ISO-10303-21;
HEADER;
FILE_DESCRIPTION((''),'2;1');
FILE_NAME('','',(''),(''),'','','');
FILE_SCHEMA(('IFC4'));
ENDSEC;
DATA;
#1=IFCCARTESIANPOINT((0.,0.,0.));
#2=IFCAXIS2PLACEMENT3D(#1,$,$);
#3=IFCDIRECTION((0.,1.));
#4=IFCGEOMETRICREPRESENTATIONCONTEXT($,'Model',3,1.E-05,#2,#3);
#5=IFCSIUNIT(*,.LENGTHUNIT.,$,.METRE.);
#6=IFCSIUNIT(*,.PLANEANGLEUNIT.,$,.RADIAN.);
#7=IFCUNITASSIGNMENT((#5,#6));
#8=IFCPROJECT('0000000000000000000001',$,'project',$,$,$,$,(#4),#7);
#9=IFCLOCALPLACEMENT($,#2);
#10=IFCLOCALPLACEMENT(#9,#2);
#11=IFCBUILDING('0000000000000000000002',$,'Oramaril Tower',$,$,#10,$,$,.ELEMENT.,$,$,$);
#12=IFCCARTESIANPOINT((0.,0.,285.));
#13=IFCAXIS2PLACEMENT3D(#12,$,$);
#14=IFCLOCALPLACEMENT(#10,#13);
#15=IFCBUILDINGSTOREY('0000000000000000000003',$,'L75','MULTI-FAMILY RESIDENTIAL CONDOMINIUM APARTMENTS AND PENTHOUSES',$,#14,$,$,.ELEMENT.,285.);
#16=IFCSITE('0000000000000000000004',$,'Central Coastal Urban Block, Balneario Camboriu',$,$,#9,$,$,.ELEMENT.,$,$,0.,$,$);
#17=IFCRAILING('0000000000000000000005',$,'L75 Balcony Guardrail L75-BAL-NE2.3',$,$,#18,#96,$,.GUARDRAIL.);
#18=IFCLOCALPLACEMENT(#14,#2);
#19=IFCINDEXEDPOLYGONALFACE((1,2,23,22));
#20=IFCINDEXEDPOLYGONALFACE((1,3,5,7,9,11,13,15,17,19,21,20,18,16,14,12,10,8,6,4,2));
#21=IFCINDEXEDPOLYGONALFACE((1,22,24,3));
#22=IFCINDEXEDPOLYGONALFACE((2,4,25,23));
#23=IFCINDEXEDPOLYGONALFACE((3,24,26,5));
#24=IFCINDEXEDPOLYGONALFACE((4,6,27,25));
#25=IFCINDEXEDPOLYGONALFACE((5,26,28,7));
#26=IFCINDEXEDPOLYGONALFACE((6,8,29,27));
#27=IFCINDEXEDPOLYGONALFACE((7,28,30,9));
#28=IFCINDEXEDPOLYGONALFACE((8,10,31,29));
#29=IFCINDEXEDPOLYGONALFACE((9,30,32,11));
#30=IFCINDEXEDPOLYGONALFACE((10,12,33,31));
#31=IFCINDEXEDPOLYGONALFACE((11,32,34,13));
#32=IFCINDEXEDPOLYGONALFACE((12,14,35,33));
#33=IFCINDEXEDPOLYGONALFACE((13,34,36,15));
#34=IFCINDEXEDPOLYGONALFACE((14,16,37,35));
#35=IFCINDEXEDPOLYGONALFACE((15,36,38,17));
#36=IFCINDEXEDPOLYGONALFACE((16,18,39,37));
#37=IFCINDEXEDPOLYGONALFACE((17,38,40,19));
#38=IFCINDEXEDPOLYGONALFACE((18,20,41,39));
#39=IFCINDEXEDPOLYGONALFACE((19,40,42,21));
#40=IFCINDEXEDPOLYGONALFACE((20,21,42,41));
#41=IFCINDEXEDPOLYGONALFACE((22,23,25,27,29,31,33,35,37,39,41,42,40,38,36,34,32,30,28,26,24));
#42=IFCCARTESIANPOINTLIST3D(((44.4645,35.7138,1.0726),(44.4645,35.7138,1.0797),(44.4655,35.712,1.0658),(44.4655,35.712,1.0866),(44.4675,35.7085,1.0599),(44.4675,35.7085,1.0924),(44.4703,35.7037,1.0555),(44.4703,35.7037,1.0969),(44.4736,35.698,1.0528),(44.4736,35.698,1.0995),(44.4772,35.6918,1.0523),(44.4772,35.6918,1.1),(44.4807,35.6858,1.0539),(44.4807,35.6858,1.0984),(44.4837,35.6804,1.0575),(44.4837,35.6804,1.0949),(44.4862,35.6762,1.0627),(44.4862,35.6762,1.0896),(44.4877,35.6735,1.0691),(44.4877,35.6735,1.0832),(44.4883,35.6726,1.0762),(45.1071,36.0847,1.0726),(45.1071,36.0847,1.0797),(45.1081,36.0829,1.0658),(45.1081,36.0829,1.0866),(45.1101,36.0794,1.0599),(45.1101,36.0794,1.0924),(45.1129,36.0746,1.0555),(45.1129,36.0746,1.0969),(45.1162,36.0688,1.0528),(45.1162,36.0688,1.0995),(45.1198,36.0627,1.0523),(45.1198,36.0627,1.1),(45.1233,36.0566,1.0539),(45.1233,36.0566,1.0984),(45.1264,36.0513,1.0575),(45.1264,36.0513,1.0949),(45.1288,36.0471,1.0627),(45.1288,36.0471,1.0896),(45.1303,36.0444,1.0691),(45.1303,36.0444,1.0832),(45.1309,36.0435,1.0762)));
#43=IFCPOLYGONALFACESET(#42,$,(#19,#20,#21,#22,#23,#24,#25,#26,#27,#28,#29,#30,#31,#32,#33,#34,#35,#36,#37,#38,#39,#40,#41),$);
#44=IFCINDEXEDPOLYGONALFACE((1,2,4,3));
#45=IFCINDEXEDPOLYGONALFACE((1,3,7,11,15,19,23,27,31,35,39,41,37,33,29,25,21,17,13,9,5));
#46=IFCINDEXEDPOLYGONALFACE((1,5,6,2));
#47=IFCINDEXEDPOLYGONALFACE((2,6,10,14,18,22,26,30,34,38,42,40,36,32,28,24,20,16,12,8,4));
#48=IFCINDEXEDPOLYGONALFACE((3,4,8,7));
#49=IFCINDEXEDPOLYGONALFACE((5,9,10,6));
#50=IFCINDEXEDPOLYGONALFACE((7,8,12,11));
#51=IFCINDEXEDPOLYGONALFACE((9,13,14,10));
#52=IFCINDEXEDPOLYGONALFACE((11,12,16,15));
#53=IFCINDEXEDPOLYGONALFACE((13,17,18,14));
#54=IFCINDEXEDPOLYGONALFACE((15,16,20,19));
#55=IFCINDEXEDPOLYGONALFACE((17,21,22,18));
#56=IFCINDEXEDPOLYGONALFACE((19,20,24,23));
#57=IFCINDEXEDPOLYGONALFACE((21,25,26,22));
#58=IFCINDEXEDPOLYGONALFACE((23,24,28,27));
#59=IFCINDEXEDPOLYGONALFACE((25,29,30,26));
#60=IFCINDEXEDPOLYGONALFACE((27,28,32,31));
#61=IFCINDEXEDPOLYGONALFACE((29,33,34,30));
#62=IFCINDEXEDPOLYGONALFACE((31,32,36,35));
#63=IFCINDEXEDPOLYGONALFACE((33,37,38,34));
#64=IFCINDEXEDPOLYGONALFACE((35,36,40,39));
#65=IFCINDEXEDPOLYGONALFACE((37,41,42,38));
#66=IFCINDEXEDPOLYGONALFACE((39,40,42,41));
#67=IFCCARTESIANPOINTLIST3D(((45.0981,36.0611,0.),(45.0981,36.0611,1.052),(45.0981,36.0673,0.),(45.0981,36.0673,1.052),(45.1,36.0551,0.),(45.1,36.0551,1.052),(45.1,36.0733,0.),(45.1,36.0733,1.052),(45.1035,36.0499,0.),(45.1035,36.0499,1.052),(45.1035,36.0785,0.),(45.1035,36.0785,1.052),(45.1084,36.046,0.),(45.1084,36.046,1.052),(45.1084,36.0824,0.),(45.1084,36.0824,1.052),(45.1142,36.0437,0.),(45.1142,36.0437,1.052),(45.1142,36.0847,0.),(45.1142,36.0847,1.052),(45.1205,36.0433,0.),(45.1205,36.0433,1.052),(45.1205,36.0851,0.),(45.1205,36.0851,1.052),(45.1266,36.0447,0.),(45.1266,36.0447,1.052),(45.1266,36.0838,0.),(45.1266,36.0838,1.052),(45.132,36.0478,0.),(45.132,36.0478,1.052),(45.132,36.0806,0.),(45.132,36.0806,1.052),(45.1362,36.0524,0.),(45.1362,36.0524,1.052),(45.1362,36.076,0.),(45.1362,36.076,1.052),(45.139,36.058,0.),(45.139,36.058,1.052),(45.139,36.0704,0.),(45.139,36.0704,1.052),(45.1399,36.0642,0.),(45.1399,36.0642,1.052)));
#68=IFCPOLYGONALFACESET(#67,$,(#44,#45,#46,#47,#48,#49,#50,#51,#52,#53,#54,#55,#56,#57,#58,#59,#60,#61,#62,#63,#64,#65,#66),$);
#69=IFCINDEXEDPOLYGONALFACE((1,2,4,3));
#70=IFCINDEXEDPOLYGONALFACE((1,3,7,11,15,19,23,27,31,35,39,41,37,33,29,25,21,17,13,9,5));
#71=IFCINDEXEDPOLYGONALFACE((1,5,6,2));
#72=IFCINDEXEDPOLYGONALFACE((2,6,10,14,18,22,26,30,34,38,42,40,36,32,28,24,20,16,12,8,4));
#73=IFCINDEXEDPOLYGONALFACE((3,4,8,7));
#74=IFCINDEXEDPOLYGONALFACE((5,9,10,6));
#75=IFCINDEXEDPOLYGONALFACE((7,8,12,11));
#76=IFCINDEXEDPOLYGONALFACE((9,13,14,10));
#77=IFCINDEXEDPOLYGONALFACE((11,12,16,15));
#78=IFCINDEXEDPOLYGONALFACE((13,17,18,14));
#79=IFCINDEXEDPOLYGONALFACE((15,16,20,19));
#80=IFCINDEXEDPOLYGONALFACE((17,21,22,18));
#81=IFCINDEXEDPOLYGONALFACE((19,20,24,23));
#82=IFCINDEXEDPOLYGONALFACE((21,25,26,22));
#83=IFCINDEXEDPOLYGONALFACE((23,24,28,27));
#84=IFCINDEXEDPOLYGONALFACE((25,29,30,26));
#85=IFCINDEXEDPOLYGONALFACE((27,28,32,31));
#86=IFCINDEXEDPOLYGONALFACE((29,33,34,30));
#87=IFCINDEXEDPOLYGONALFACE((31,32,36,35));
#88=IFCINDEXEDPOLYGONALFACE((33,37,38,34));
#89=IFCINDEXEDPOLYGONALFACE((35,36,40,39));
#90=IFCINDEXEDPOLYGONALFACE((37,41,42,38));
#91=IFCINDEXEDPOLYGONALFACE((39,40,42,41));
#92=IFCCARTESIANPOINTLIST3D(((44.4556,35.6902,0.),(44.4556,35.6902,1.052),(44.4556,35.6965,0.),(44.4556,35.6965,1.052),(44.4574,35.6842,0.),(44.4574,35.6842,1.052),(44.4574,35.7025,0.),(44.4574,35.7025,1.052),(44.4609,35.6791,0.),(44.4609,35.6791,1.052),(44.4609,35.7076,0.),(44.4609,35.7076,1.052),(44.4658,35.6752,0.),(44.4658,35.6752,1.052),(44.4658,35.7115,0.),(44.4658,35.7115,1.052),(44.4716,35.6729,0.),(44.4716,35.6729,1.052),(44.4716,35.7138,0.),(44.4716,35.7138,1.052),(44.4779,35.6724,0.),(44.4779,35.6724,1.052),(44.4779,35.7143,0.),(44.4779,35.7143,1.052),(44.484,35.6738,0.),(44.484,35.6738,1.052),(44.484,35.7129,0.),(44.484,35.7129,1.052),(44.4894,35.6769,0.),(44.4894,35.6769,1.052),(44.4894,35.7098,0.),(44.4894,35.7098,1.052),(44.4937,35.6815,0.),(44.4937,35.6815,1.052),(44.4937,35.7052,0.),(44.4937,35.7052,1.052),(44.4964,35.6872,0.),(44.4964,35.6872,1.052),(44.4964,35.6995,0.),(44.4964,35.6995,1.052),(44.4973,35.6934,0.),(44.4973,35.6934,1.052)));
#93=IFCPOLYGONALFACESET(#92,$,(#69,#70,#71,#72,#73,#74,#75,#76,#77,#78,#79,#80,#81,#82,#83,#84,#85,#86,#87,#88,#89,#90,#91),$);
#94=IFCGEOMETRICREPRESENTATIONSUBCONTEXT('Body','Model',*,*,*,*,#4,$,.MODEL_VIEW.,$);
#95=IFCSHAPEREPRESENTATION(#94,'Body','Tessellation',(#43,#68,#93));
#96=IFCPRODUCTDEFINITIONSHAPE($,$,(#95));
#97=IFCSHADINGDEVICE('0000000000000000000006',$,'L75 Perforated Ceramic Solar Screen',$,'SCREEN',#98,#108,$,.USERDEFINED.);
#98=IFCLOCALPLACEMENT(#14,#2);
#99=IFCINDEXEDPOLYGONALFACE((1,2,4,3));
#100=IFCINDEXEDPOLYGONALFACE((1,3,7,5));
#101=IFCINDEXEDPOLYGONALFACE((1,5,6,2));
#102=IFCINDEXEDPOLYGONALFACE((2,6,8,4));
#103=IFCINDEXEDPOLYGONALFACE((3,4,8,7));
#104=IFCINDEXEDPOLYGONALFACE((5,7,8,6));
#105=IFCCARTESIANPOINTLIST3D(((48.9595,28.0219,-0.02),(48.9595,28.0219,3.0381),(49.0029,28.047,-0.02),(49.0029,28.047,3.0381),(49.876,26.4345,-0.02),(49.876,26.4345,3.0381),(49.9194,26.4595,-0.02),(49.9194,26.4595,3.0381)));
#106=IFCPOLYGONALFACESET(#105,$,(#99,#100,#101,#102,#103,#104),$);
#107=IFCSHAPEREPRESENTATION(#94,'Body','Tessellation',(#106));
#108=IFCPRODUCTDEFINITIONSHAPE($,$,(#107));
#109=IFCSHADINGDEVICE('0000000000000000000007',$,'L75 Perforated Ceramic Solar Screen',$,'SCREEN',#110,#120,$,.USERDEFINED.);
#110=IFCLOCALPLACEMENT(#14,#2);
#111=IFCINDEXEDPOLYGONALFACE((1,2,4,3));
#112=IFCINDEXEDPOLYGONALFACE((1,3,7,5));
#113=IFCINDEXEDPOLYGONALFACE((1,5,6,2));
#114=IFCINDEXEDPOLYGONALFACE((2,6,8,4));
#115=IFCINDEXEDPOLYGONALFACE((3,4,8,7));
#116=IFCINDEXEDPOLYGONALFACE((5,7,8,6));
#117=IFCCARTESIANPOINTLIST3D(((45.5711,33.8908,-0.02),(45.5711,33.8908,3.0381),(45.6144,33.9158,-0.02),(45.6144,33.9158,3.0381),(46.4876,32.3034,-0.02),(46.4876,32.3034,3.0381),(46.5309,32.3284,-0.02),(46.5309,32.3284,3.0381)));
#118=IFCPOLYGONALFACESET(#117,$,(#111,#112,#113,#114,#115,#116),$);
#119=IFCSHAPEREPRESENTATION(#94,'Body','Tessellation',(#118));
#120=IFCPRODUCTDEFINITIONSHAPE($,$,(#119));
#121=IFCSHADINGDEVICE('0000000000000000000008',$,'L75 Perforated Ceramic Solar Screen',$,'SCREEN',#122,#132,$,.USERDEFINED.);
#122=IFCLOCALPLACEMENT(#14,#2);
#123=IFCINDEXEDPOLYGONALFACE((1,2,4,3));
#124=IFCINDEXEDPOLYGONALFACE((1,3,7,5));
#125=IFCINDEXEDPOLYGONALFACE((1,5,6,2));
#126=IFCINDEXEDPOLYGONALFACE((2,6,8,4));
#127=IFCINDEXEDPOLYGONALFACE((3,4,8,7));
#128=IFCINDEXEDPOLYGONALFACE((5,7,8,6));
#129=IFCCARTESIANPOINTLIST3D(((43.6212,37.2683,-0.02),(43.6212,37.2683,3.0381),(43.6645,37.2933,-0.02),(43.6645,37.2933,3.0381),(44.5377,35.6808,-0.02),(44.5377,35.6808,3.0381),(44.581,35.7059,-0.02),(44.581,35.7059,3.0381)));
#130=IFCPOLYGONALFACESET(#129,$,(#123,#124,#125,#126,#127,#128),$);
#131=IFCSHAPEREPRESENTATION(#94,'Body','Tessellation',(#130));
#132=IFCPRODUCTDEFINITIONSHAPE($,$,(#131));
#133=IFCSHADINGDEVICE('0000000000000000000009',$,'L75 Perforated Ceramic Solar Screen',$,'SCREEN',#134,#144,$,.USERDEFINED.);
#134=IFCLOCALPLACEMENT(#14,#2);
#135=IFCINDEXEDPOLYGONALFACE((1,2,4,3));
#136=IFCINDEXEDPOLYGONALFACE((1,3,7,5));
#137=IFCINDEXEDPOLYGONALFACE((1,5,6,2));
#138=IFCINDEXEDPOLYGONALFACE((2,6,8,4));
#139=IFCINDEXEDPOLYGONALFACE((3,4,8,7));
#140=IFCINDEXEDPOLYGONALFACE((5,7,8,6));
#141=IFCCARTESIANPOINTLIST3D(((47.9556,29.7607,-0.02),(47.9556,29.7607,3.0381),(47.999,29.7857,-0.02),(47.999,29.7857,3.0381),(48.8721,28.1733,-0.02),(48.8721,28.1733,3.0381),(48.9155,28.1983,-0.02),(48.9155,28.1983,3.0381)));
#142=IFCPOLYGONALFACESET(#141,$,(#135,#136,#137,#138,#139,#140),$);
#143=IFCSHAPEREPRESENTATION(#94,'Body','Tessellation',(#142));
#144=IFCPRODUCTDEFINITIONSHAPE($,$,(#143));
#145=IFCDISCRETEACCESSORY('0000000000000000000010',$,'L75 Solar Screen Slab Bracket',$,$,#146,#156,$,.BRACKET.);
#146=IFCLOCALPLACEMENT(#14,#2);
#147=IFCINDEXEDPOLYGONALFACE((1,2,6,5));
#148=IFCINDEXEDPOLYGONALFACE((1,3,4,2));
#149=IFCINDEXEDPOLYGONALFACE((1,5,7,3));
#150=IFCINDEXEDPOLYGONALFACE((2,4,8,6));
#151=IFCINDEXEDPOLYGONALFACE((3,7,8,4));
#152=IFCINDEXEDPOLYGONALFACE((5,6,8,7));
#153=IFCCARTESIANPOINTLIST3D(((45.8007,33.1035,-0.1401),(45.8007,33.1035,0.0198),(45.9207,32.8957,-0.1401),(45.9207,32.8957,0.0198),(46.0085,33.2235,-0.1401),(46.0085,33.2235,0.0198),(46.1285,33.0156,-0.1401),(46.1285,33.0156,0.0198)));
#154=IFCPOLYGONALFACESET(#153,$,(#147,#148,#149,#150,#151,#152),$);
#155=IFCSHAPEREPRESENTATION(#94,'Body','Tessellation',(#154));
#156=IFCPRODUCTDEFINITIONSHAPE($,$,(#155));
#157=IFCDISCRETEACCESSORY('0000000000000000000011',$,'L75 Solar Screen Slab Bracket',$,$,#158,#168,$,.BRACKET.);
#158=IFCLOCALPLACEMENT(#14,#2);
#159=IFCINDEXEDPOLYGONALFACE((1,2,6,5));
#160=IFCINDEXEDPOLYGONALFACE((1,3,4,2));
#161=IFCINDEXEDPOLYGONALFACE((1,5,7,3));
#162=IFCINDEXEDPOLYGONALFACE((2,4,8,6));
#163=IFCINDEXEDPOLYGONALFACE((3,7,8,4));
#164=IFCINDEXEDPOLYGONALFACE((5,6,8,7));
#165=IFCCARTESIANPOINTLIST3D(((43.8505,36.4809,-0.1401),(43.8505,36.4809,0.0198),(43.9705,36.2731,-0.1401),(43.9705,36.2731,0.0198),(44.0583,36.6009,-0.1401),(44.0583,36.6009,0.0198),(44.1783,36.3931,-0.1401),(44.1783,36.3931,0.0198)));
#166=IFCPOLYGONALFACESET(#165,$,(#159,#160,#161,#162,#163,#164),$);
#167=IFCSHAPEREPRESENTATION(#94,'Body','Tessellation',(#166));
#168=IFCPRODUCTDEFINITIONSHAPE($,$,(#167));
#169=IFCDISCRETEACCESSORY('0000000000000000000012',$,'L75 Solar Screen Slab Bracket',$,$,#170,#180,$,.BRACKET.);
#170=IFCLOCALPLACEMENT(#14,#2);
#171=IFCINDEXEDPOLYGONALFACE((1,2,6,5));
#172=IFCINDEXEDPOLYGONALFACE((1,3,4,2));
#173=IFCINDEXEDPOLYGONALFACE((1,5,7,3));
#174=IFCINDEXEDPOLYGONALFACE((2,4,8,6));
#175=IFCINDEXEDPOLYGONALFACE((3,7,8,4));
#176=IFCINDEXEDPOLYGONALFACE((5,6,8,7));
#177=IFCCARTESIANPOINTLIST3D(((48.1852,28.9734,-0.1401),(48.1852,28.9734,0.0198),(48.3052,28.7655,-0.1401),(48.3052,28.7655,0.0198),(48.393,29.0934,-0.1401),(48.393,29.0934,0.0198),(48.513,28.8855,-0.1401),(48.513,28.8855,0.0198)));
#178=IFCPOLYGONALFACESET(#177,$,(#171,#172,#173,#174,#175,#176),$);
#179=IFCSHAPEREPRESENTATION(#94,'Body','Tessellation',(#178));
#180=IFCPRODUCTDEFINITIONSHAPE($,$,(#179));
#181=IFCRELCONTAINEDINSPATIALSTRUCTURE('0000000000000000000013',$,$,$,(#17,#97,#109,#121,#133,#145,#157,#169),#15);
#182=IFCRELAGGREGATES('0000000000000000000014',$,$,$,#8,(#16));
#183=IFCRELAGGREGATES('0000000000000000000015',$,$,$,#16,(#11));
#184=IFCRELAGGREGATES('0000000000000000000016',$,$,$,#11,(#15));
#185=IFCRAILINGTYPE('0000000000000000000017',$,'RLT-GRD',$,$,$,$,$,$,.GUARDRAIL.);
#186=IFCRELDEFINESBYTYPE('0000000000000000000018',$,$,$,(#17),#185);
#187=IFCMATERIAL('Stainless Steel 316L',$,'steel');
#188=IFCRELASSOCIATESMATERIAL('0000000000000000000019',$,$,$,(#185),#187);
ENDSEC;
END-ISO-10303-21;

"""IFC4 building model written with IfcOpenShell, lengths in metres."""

from ifc_helpers import new_model, si_unit, direction, frame, origin, origin_2d, place, context, subcontext, project, spatial, rectangle, circle, extrude, material, type_object, element, save


model = new_model("IFC4")

# Units and contexts
model_context = context("Model", 3, precision=1e-05, world=origin(), true_north=direction((0.0, 1.0)))
body_context = subcontext(model_context, "Body", "Model", "MODEL_VIEW")
ifc_project = project(units=[si_unit("LENGTHUNIT", "METRE"), si_unit("PLANEANGLEUNIT", "RADIAN")], contexts=[model_context])

# Site, building, storey
site_placement = place(None, origin())
site = spatial("IfcSite", under=ifc_project, at=site_placement, Name="Central Coastal Urban Block, Balneario Camboriu", CompositionType="ELEMENT", RefElevation=0.0)
building_placement = place(site_placement, origin())
building = spatial("IfcBuilding", under=site, at=building_placement, Name="Oramaril Tower", CompositionType="ELEMENT")
storey_placement = place(building_placement, frame((0.0, 0.0, 285.0)))
storey = spatial("IfcBuildingStorey", under=building, at=storey_placement, Name="L75", Description="MULTI-FAMILY RESIDENTIAL CONDOMINIUM APARTMENTS AND PENTHOUSES", CompositionType="ELEMENT", Elevation=285.0)

# Railing
ifc_material_1 = material(Name="Stainless Steel 316L", Category="steel")
railing_type = type_object("IfcRailingType", Name="RLT-GRD", PredefinedType="GUARDRAIL", material=ifc_material_1)
railing_placement = place(storey_placement, frame((45.1189, 36.0642, 0.0)))
element("IfcRailing", 1, at=railing_placement, inside=storey, type_object=railing_type, Name="L75 Balcony Guardrail L75-BAL-NE2.3", PredefinedType="GUARDRAIL", context=body_context, shape_type="SweptSolid", body=[
    extrude(circle(Radius=0.0239, at=origin_2d()), frame((0.0, 0.0, 1.0762), z_axis=(-0.866109, -0.499855, 0.0), x_axis=(0.499855, -0.866109, 0.0)), (0.0, 0.0, 1.0), 0.7419),
    extrude(circle(Radius=0.021, at=origin_2d()), origin(), (0.0, 0.0, 1.0), 1.052),
    extrude(circle(Radius=0.021, at=origin_2d()), frame((-0.6426, -0.3708, 0.0)), (0.0, 0.0, 1.0), 1.052),
])

# Shading devices
for number, where, z_axis, x_axis, name in (
    (2, (49.4395, 27.2407, -0.02), (0.0, 0.0, 1.0), (-0.5, 0.866025, 0.0), "L75 Perforated Ceramic Solar Screen"),
    (3, (46.051, 33.1096, -0.02), (0.0, 0.0, 1.0), (-0.5, 0.866025, 0.0), "L75 Perforated Ceramic Solar Screen"),
    (4, (44.1011, 36.4871, -0.02), (0.0, 0.0, 1.0), (-0.5, 0.866025, 0.0), "L75 Perforated Ceramic Solar Screen"),
    (5, (48.4355, 28.9795, -0.02), (0.0, 0.0, 1.0), (-0.5, 0.866025, 0.0), "L75 Perforated Ceramic Solar Screen"),
):
    element("IfcShadingDevice", number, at=place(storey_placement, frame(where, z_axis=z_axis, x_axis=x_axis)), inside=storey, Name=name, ObjectType="SCREEN", PredefinedType="USERDEFINED", context=body_context, shape_type="SweptSolid", body=[
        extrude(rectangle(XDim=1.833, YDim=0.05, at=origin_2d()), origin(), (0.0, 0.0, 1.0), 3.0581),
    ])

# Discrete accessories
for number, where, z_axis, x_axis, name in (
    (6, (45.9646, 33.0596, -0.1401), (0.0, 0.0, 1.0), (-0.5, 0.866025, 0.0), "L75 Solar Screen Slab Bracket"),
    (7, (44.0144, 36.437, -0.1401), (0.0, 0.0, 1.0), (-0.5, 0.866025, 0.0), "L75 Solar Screen Slab Bracket"),
    (8, (48.3491, 28.9294, -0.1401), (0.0, 0.0, 1.0), (-0.5, 0.866025, 0.0), "L75 Solar Screen Slab Bracket"),
):
    element("IfcDiscreteAccessory", number, at=place(storey_placement, frame(where, z_axis=z_axis, x_axis=x_axis)), inside=storey, Name=name, PredefinedType="BRACKET", context=body_context, shape_type="SweptSolid", body=[
        extrude(rectangle(XDim=0.24, YDim=0.24, at=origin_2d()), origin(), (0.0, 0.0, 1.0), 0.1599),
    ])

save(model, "model.ifc")
